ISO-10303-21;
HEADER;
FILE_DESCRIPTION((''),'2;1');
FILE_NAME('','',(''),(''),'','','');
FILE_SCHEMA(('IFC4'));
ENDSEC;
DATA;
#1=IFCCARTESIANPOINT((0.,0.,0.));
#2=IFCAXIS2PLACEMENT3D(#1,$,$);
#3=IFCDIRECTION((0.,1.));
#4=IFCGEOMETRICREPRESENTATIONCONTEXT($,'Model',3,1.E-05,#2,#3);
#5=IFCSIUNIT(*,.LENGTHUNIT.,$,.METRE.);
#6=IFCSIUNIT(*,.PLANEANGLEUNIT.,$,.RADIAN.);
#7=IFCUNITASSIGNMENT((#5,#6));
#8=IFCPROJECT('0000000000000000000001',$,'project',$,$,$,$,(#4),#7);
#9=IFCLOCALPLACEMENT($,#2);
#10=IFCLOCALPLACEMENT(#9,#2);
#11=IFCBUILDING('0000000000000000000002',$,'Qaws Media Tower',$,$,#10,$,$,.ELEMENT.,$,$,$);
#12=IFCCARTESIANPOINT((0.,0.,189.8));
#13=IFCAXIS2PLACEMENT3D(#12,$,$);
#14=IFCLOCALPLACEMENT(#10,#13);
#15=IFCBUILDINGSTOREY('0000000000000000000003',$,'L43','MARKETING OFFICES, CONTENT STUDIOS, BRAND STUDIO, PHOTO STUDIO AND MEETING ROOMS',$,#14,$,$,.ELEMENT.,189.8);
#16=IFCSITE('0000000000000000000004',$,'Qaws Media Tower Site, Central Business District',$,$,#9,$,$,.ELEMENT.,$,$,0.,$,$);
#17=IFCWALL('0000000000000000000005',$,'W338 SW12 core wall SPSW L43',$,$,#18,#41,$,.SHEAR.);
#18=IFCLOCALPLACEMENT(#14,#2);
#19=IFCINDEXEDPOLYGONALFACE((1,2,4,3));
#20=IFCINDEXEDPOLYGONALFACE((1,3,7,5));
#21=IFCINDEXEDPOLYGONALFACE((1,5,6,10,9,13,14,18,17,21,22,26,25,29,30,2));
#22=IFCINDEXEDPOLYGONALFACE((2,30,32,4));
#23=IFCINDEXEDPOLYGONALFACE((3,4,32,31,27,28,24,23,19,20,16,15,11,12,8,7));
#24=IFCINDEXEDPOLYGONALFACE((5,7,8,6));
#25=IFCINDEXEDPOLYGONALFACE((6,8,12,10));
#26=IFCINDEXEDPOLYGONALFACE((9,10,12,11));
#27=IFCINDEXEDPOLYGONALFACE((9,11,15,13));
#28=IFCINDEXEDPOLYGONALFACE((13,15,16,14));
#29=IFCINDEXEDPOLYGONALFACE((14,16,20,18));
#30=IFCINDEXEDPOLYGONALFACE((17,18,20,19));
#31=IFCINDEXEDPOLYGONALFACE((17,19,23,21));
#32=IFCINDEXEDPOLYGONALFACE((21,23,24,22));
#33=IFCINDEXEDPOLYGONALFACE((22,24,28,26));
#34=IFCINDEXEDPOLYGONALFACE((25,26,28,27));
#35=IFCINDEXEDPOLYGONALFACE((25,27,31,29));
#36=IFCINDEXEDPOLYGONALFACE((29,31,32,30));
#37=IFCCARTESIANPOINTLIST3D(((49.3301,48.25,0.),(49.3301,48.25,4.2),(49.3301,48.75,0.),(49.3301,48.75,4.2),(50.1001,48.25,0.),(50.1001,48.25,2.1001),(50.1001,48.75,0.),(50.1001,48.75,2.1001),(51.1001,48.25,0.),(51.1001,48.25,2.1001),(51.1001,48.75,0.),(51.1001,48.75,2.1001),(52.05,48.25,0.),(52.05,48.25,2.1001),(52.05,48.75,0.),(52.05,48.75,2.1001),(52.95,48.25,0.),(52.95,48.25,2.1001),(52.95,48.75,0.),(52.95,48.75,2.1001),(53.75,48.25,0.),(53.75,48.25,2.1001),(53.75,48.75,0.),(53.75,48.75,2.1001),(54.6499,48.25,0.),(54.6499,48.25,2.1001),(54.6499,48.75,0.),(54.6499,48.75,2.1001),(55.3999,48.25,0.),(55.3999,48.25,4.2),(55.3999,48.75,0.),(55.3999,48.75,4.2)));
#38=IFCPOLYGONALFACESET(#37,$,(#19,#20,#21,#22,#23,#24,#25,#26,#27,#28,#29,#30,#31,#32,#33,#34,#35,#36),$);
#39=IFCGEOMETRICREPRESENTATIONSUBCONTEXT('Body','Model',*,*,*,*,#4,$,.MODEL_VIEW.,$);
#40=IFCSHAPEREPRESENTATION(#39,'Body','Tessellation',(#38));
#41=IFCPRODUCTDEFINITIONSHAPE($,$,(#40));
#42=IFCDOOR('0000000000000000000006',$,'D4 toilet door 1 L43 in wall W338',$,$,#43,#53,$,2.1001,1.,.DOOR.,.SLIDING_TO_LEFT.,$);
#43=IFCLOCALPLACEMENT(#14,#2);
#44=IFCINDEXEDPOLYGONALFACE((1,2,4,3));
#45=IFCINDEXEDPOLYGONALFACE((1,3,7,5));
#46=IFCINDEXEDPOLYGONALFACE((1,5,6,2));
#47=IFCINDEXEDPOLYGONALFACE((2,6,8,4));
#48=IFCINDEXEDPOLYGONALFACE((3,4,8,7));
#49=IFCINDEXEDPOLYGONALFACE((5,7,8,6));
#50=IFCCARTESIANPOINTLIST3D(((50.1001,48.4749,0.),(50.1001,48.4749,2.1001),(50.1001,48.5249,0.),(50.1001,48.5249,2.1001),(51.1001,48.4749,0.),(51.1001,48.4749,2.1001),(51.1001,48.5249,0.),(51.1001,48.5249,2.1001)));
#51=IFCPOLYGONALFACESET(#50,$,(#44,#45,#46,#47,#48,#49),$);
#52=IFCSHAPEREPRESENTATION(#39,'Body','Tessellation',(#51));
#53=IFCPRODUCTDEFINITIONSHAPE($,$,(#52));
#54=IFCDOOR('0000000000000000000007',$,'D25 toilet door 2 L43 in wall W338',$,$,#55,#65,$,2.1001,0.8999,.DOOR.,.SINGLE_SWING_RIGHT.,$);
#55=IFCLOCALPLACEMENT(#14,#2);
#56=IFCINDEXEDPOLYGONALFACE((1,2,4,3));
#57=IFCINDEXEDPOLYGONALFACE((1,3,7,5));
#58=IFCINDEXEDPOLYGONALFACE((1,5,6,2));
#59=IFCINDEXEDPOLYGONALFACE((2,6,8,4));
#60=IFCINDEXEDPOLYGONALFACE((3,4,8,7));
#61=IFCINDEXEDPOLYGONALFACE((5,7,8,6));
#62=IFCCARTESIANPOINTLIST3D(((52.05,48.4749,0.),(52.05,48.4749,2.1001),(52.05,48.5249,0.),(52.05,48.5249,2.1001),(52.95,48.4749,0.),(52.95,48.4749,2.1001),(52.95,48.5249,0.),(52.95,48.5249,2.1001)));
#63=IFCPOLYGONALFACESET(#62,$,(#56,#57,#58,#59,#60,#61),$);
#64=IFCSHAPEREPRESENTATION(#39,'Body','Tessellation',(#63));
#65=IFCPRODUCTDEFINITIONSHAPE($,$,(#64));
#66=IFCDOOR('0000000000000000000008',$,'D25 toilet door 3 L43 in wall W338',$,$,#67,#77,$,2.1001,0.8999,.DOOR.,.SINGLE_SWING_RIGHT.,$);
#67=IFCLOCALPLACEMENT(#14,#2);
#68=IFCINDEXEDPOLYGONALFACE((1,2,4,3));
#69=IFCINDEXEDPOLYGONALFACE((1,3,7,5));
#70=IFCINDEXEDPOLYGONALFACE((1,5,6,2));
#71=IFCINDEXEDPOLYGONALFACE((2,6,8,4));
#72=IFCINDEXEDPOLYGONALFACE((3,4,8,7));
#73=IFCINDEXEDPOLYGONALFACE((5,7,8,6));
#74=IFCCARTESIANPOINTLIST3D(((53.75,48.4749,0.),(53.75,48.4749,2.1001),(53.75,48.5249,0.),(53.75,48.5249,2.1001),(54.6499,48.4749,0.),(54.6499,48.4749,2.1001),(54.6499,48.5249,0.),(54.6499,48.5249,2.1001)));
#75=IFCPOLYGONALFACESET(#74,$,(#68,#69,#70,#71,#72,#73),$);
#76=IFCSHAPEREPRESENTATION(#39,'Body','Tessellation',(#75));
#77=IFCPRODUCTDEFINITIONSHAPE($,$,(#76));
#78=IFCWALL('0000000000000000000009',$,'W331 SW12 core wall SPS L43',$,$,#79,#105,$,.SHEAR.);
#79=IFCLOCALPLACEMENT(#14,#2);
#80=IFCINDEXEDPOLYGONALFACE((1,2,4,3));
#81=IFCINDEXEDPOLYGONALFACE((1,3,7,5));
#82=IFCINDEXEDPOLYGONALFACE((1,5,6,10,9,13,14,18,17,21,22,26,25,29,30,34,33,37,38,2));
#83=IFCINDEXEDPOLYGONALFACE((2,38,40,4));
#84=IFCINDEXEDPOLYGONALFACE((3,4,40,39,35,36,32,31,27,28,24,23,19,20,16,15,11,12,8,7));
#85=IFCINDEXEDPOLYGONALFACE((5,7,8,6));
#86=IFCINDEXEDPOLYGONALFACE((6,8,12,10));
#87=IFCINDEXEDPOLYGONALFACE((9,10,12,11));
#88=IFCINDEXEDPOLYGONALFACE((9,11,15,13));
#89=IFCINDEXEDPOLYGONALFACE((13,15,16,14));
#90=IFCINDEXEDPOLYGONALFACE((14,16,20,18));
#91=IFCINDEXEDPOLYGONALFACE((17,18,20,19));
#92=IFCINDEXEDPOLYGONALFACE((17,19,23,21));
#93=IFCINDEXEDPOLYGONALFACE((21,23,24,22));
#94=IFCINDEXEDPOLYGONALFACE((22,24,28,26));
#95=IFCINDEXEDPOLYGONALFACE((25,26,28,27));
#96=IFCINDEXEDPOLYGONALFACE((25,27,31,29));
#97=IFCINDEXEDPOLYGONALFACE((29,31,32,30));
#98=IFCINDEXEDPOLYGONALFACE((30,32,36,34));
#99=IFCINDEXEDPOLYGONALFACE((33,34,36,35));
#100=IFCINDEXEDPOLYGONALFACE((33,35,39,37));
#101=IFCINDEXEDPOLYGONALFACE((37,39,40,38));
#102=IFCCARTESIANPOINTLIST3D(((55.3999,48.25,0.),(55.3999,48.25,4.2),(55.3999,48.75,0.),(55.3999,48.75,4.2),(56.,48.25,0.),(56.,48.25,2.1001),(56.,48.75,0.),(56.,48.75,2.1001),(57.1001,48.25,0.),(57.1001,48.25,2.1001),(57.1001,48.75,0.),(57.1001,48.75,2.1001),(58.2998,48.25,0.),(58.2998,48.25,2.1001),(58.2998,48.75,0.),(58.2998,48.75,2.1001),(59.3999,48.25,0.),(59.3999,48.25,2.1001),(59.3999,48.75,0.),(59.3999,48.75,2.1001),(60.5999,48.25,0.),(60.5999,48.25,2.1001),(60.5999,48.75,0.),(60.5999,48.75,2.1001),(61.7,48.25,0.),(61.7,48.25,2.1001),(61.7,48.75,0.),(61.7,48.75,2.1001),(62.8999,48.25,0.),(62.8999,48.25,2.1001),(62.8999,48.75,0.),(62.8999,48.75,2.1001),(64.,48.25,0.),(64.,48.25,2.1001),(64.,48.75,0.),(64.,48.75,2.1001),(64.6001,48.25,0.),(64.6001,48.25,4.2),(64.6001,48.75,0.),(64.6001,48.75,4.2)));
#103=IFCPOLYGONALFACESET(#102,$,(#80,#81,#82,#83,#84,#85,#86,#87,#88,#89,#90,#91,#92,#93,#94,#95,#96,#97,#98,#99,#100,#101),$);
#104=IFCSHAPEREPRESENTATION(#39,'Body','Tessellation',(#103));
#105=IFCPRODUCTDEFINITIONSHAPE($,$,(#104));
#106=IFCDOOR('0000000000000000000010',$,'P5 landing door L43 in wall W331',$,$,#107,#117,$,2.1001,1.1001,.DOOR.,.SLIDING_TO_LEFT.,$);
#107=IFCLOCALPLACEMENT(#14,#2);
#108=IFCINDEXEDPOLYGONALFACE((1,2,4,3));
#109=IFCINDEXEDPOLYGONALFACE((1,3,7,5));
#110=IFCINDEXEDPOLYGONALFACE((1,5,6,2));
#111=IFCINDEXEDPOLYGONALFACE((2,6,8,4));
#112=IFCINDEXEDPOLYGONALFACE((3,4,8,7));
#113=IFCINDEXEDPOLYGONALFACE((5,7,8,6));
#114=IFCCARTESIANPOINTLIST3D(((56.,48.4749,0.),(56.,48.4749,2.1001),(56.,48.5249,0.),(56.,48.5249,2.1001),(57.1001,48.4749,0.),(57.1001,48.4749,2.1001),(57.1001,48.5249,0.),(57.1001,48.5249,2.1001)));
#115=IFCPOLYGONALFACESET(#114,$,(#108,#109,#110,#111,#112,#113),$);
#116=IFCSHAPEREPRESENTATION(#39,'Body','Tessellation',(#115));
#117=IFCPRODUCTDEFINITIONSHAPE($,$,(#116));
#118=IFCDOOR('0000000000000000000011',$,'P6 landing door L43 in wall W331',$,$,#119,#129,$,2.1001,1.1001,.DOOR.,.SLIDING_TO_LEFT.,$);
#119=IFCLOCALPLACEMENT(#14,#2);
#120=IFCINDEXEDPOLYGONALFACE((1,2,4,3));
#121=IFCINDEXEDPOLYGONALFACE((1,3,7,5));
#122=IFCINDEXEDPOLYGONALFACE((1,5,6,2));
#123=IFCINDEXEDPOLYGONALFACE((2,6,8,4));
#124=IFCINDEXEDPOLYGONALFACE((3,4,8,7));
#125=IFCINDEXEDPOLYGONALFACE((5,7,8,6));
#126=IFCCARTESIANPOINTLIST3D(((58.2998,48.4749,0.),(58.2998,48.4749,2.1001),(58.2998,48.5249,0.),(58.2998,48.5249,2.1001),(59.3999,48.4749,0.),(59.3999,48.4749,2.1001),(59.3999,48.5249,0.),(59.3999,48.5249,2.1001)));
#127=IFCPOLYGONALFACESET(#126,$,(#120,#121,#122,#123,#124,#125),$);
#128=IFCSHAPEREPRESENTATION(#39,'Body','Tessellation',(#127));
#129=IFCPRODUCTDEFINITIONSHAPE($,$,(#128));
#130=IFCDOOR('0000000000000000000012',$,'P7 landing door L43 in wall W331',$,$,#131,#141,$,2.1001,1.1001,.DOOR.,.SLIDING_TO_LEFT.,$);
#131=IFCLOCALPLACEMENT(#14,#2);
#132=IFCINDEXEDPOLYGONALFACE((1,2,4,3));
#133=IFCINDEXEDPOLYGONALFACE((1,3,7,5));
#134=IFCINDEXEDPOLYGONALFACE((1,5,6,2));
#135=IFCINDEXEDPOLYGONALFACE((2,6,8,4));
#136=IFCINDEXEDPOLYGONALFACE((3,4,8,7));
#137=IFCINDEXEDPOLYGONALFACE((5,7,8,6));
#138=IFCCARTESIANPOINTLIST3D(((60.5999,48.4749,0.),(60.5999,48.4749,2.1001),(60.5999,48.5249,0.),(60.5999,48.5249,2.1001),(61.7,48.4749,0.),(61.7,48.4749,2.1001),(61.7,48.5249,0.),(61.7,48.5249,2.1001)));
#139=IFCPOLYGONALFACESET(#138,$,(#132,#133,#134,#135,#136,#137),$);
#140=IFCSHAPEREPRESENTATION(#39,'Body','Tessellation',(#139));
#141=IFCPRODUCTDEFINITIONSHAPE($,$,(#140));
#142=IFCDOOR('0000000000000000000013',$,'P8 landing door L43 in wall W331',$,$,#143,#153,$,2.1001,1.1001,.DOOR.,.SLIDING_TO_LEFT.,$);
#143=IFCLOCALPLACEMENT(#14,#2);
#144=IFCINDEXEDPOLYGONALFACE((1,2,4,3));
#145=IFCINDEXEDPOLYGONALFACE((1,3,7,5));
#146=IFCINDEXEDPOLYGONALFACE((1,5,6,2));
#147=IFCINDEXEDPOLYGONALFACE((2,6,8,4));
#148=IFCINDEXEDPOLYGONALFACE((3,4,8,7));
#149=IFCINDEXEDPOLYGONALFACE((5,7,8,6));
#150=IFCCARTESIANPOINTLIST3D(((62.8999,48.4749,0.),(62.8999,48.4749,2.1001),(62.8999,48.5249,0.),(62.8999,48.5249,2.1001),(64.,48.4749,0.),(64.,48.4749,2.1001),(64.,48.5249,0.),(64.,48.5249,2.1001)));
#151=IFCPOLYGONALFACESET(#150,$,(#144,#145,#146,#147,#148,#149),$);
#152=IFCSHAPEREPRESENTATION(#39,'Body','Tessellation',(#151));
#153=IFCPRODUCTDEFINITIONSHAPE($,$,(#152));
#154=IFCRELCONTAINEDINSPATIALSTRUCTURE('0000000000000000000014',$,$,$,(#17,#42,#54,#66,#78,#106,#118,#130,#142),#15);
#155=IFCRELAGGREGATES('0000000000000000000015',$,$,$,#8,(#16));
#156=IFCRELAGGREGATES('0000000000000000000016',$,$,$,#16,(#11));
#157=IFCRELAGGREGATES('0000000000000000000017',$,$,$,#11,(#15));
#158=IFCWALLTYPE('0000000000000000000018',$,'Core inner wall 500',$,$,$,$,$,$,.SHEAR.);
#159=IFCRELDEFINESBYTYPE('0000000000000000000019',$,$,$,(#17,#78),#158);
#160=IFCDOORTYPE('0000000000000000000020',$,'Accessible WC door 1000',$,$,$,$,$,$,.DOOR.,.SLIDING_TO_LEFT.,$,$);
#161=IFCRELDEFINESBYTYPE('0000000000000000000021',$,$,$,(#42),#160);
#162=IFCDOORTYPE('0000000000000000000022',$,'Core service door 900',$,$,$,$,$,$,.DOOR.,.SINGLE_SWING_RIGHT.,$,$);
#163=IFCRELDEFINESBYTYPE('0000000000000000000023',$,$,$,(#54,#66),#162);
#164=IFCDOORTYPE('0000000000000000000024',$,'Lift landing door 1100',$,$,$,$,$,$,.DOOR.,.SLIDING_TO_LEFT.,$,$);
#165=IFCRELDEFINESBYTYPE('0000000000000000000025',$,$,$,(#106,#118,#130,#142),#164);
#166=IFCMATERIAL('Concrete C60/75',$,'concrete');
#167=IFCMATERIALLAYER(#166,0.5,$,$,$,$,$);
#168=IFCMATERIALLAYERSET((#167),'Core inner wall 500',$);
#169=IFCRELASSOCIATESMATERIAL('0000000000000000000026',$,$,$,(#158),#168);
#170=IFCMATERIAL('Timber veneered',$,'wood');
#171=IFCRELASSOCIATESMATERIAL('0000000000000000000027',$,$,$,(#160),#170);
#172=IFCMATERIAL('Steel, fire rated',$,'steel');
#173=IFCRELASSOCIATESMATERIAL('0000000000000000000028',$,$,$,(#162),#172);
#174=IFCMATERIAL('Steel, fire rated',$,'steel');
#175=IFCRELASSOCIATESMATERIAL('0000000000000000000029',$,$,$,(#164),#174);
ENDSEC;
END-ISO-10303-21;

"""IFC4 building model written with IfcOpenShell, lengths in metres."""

from ifc_helpers import new_model, si_unit, direction, frame, frame_2d, origin, place, context, subcontext, project, spatial, rectangle, extrude, material, layer, layer_set, type_object, element, fill, save


model = new_model("IFC4")

# Units and contexts
model_context = context("Model", 3, precision=1e-05, world=origin(), true_north=direction((0.0, 1.0)))
body_context = subcontext(model_context, "Body", "Model", "MODEL_VIEW")
ifc_project = project(units=[si_unit("LENGTHUNIT", "METRE"), si_unit("PLANEANGLEUNIT", "RADIAN")], contexts=[model_context])

# Site, building, storey
site_placement = place(None, origin())
site = spatial("IfcSite", under=ifc_project, at=site_placement, Name="Qaws Media Tower Site, Central Business District", CompositionType="ELEMENT", RefElevation=0.0)
building_placement = place(site_placement, origin())
building = spatial("IfcBuilding", under=site, at=building_placement, Name="Qaws Media Tower", CompositionType="ELEMENT")
storey_placement = place(building_placement, frame((0.0, 0.0, 189.8)))
storey = spatial("IfcBuildingStorey", under=building, at=storey_placement, Name="L43", Description="MARKETING OFFICES, CONTENT STUDIOS, BRAND STUDIO, PHOTO STUDIO AND MEETING ROOMS", CompositionType="ELEMENT", Elevation=189.8)

# Shared definitions
ifc_material_1 = material(Name="Concrete C60/75", Category="concrete")
ifc_layer_1 = layer(ifc_material_1, 0.5)
ifc_layer_set_1 = layer_set([ifc_layer_1], Name="Core inner wall 500")
wall_type_1 = type_object("IfcWallType", Name="Core inner wall 500", PredefinedType="SHEAR", material=ifc_layer_set_1)

# Walls, openings, doors
wall_1_placement = place(storey_placement, frame((49.3301, 48.5, 0.0), z_axis=(0.0, 0.0, 1.0), x_axis=(1.0, 0.0, 0.0)))
wall_1 = element("IfcWall", 1, at=wall_1_placement, inside=storey, type_object=wall_type_1, Name="W338 SW12 core wall SPSW L43", PredefinedType="SHEAR", context=body_context, shape_type="SweptSolid", body=[
    extrude(rectangle(XDim=6.0698, YDim=0.5, at=frame_2d((3.0349, 0.0))), origin(), (0.0, 0.0, 1.0), 4.2),
])
opening_1_placement = place(wall_1_placement, frame((0.77, 0.0, 0.0)))
opening_1 = element("IfcOpeningElement", 2, at=opening_1_placement, cuts=wall_1, PredefinedType="OPENING", context=body_context, shape_type="SweptSolid", body=[
    extrude(rectangle(XDim=1.0, YDim=2.1001, at=frame_2d((0.5, 1.05))), frame((0.0, 0.26, 0.0), z_axis=(0.0, -1.0, 0.0), x_axis=(1.0, 0.0, 0.0)), (0.0, 0.0, 1.0), 0.52),
])
opening_2_placement = place(wall_1_placement, frame((2.72, 0.0, 0.0)))
opening_2 = element("IfcOpeningElement", 3, at=opening_2_placement, cuts=wall_1, PredefinedType="OPENING", context=body_context, shape_type="SweptSolid", body=[
    extrude(rectangle(XDim=0.8999, YDim=2.1001, at=frame_2d((0.45, 1.05))), frame((0.0, 0.26, 0.0), z_axis=(0.0, -1.0, 0.0), x_axis=(1.0, 0.0, 0.0)), (0.0, 0.0, 1.0), 0.52),
])
opening_3_placement = place(wall_1_placement, frame((4.4199, 0.0, 0.0)))
opening_3 = element("IfcOpeningElement", 4, at=opening_3_placement, cuts=wall_1, PredefinedType="OPENING", context=body_context, shape_type="SweptSolid", body=[
    extrude(rectangle(XDim=0.8999, YDim=2.1001, at=frame_2d((0.45, 1.05))), frame((0.0, 0.26, 0.0), z_axis=(0.0, -1.0, 0.0), x_axis=(1.0, 0.0, 0.0)), (0.0, 0.0, 1.0), 0.52),
])
ifc_material_2 = material(Name="Timber veneered", Category="wood")
door_type_1 = type_object("IfcDoorType", Name="Accessible WC door 1000", OperationType="SLIDING_TO_LEFT", PredefinedType="DOOR", material=ifc_material_2)
door_1_placement = place(opening_1_placement, origin())
door_1 = element("IfcDoor", 5, at=door_1_placement, inside=storey, type_object=door_type_1, Name="D4 toilet door 1 L43 in wall W338", OperationType="SLIDING_TO_LEFT", OverallHeight=2.1001, OverallWidth=1.0, PredefinedType="DOOR", context=body_context, shape_type="SweptSolid", body=[
    extrude(rectangle(XDim=1.0, YDim=2.1001, at=frame_2d((0.5, 1.05))), frame((0.0, 0.0249, 0.0), z_axis=(0.0, -1.0, 0.0), x_axis=(1.0, 0.0, 0.0)), (0.0, 0.0, 1.0), 0.05),
])
fill(opening_1, door_1)
ifc_material_3 = material(Name="Steel, fire rated", Category="steel")
door_type_2 = type_object("IfcDoorType", Name="Core service door 900", OperationType="SINGLE_SWING_RIGHT", PredefinedType="DOOR", material=ifc_material_3)
door_2_placement = place(opening_2_placement, origin())
door_2 = element("IfcDoor", 6, at=door_2_placement, inside=storey, type_object=door_type_2, Name="D25 toilet door 2 L43 in wall W338", OperationType="SINGLE_SWING_RIGHT", OverallHeight=2.1001, OverallWidth=0.8999, PredefinedType="DOOR", context=body_context, shape_type="SweptSolid", body=[
    extrude(rectangle(XDim=0.8999, YDim=2.1001, at=frame_2d((0.45, 1.05))), frame((0.0, 0.0249, 0.0), z_axis=(0.0, -1.0, 0.0), x_axis=(1.0, 0.0, 0.0)), (0.0, 0.0, 1.0), 0.05),
])
fill(opening_2, door_2)
door_3_placement = place(opening_3_placement, origin())
door_3 = element("IfcDoor", 7, at=door_3_placement, inside=storey, type_object=door_type_2, Name="D25 toilet door 3 L43 in wall W338", OperationType="SINGLE_SWING_RIGHT", OverallHeight=2.1001, OverallWidth=0.8999, PredefinedType="DOOR", context=body_context, shape_type="SweptSolid", body=[
    extrude(rectangle(XDim=0.8999, YDim=2.1001, at=frame_2d((0.45, 1.05))), frame((0.0, 0.0249, 0.0), z_axis=(0.0, -1.0, 0.0), x_axis=(1.0, 0.0, 0.0)), (0.0, 0.0, 1.0), 0.05),
])
fill(opening_3, door_3)
wall_2_placement = place(storey_placement, frame((55.3999, 48.5, 0.0), z_axis=(0.0, 0.0, 1.0), x_axis=(1.0, 0.0, 0.0)))
wall_2 = element("IfcWall", 8, at=wall_2_placement, inside=storey, type_object=wall_type_1, Name="W331 SW12 core wall SPS L43", PredefinedType="SHEAR", context=body_context, shape_type="SweptSolid", body=[
    extrude(rectangle(XDim=9.2002, YDim=0.5, at=frame_2d((4.6001, 0.0))), origin(), (0.0, 0.0, 1.0), 4.2),
])
opening_4_placement = place(wall_2_placement, frame((0.6001, 0.0, 0.0)))
opening_4 = element("IfcOpeningElement", 9, at=opening_4_placement, cuts=wall_2, PredefinedType="OPENING", context=body_context, shape_type="SweptSolid", body=[
    extrude(rectangle(XDim=1.1001, YDim=2.1001, at=frame_2d((0.55, 1.05))), frame((0.0, 0.26, 0.0), z_axis=(0.0, -1.0, 0.0), x_axis=(1.0, 0.0, 0.0)), (0.0, 0.0, 1.0), 0.52),
])
opening_5_placement = place(wall_2_placement, frame((2.8999, 0.0, 0.0)))
opening_5 = element("IfcOpeningElement", 10, at=opening_5_placement, cuts=wall_2, PredefinedType="OPENING", context=body_context, shape_type="SweptSolid", body=[
    extrude(rectangle(XDim=1.1001, YDim=2.1001, at=frame_2d((0.55, 1.05))), frame((0.0, 0.26, 0.0), z_axis=(0.0, -1.0, 0.0), x_axis=(1.0, 0.0, 0.0)), (0.0, 0.0, 1.0), 0.52),
])
opening_6_placement = place(wall_2_placement, frame((5.2, 0.0, 0.0)))
opening_6 = element("IfcOpeningElement", 11, at=opening_6_placement, cuts=wall_2, PredefinedType="OPENING", context=body_context, shape_type="SweptSolid", body=[
    extrude(rectangle(XDim=1.1001, YDim=2.1001, at=frame_2d((0.55, 1.05))), frame((0.0, 0.26, 0.0), z_axis=(0.0, -1.0, 0.0), x_axis=(1.0, 0.0, 0.0)), (0.0, 0.0, 1.0), 0.52),
])
opening_7_placement = place(wall_2_placement, frame((7.5, 0.0, 0.0)))
opening_7 = element("IfcOpeningElement", 12, at=opening_7_placement, cuts=wall_2, PredefinedType="OPENING", context=body_context, shape_type="SweptSolid", body=[
    extrude(rectangle(XDim=1.1001, YDim=2.1001, at=frame_2d((0.55, 1.05))), frame((0.0, 0.26, 0.0), z_axis=(0.0, -1.0, 0.0), x_axis=(1.0, 0.0, 0.0)), (0.0, 0.0, 1.0), 0.52),
])
ifc_material_4 = material(Name="Steel, fire rated", Category="steel")
door_type_3 = type_object("IfcDoorType", Name="Lift landing door 1100", OperationType="SLIDING_TO_LEFT", PredefinedType="DOOR", material=ifc_material_4)
door_4_placement = place(opening_4_placement, origin())
door_4 = element("IfcDoor", 13, at=door_4_placement, inside=storey, type_object=door_type_3, Name="P5 landing door L43 in wall W331", OperationType="SLIDING_TO_LEFT", OverallHeight=2.1001, OverallWidth=1.1001, PredefinedType="DOOR", context=body_context, shape_type="SweptSolid", body=[
    extrude(rectangle(XDim=1.1001, YDim=2.1001, at=frame_2d((0.55, 1.05))), frame((0.0, 0.0249, 0.0), z_axis=(0.0, -1.0, 0.0), x_axis=(1.0, 0.0, 0.0)), (0.0, 0.0, 1.0), 0.05),
])
fill(opening_4, door_4)
door_5_placement = place(opening_5_placement, origin())
door_5 = element("IfcDoor", 14, at=door_5_placement, inside=storey, type_object=door_type_3, Name="P6 landing door L43 in wall W331", OperationType="SLIDING_TO_LEFT", OverallHeight=2.1001, OverallWidth=1.1001, PredefinedType="DOOR", context=body_context, shape_type="SweptSolid", body=[
    extrude(rectangle(XDim=1.1001, YDim=2.1001, at=frame_2d((0.55, 1.05))), frame((0.0, 0.0249, 0.0), z_axis=(0.0, -1.0, 0.0), x_axis=(1.0, 0.0, 0.0)), (0.0, 0.0, 1.0), 0.05),
])
fill(opening_5, door_5)
door_6_placement = place(opening_6_placement, origin())
door_6 = element("IfcDoor", 15, at=door_6_placement, inside=storey, type_object=door_type_3, Name="P7 landing door L43 in wall W331", OperationType="SLIDING_TO_LEFT", OverallHeight=2.1001, OverallWidth=1.1001, PredefinedType="DOOR", context=body_context, shape_type="SweptSolid", body=[
    extrude(rectangle(XDim=1.1001, YDim=2.1001, at=frame_2d((0.55, 1.05))), frame((0.0, 0.0249, 0.0), z_axis=(0.0, -1.0, 0.0), x_axis=(1.0, 0.0, 0.0)), (0.0, 0.0, 1.0), 0.05),
])
fill(opening_6, door_6)
door_7_placement = place(opening_7_placement, origin())
door_7 = element("IfcDoor", 16, at=door_7_placement, inside=storey, type_object=door_type_3, Name="P8 landing door L43 in wall W331", OperationType="SLIDING_TO_LEFT", OverallHeight=2.1001, OverallWidth=1.1001, PredefinedType="DOOR", context=body_context, shape_type="SweptSolid", body=[
    extrude(rectangle(XDim=1.1001, YDim=2.1001, at=frame_2d((0.55, 1.05))), frame((0.0, 0.0249, 0.0), z_axis=(0.0, -1.0, 0.0), x_axis=(1.0, 0.0, 0.0)), (0.0, 0.0, 1.0), 0.05),
])
fill(opening_7, door_7)

save(model, "model.ifc")
